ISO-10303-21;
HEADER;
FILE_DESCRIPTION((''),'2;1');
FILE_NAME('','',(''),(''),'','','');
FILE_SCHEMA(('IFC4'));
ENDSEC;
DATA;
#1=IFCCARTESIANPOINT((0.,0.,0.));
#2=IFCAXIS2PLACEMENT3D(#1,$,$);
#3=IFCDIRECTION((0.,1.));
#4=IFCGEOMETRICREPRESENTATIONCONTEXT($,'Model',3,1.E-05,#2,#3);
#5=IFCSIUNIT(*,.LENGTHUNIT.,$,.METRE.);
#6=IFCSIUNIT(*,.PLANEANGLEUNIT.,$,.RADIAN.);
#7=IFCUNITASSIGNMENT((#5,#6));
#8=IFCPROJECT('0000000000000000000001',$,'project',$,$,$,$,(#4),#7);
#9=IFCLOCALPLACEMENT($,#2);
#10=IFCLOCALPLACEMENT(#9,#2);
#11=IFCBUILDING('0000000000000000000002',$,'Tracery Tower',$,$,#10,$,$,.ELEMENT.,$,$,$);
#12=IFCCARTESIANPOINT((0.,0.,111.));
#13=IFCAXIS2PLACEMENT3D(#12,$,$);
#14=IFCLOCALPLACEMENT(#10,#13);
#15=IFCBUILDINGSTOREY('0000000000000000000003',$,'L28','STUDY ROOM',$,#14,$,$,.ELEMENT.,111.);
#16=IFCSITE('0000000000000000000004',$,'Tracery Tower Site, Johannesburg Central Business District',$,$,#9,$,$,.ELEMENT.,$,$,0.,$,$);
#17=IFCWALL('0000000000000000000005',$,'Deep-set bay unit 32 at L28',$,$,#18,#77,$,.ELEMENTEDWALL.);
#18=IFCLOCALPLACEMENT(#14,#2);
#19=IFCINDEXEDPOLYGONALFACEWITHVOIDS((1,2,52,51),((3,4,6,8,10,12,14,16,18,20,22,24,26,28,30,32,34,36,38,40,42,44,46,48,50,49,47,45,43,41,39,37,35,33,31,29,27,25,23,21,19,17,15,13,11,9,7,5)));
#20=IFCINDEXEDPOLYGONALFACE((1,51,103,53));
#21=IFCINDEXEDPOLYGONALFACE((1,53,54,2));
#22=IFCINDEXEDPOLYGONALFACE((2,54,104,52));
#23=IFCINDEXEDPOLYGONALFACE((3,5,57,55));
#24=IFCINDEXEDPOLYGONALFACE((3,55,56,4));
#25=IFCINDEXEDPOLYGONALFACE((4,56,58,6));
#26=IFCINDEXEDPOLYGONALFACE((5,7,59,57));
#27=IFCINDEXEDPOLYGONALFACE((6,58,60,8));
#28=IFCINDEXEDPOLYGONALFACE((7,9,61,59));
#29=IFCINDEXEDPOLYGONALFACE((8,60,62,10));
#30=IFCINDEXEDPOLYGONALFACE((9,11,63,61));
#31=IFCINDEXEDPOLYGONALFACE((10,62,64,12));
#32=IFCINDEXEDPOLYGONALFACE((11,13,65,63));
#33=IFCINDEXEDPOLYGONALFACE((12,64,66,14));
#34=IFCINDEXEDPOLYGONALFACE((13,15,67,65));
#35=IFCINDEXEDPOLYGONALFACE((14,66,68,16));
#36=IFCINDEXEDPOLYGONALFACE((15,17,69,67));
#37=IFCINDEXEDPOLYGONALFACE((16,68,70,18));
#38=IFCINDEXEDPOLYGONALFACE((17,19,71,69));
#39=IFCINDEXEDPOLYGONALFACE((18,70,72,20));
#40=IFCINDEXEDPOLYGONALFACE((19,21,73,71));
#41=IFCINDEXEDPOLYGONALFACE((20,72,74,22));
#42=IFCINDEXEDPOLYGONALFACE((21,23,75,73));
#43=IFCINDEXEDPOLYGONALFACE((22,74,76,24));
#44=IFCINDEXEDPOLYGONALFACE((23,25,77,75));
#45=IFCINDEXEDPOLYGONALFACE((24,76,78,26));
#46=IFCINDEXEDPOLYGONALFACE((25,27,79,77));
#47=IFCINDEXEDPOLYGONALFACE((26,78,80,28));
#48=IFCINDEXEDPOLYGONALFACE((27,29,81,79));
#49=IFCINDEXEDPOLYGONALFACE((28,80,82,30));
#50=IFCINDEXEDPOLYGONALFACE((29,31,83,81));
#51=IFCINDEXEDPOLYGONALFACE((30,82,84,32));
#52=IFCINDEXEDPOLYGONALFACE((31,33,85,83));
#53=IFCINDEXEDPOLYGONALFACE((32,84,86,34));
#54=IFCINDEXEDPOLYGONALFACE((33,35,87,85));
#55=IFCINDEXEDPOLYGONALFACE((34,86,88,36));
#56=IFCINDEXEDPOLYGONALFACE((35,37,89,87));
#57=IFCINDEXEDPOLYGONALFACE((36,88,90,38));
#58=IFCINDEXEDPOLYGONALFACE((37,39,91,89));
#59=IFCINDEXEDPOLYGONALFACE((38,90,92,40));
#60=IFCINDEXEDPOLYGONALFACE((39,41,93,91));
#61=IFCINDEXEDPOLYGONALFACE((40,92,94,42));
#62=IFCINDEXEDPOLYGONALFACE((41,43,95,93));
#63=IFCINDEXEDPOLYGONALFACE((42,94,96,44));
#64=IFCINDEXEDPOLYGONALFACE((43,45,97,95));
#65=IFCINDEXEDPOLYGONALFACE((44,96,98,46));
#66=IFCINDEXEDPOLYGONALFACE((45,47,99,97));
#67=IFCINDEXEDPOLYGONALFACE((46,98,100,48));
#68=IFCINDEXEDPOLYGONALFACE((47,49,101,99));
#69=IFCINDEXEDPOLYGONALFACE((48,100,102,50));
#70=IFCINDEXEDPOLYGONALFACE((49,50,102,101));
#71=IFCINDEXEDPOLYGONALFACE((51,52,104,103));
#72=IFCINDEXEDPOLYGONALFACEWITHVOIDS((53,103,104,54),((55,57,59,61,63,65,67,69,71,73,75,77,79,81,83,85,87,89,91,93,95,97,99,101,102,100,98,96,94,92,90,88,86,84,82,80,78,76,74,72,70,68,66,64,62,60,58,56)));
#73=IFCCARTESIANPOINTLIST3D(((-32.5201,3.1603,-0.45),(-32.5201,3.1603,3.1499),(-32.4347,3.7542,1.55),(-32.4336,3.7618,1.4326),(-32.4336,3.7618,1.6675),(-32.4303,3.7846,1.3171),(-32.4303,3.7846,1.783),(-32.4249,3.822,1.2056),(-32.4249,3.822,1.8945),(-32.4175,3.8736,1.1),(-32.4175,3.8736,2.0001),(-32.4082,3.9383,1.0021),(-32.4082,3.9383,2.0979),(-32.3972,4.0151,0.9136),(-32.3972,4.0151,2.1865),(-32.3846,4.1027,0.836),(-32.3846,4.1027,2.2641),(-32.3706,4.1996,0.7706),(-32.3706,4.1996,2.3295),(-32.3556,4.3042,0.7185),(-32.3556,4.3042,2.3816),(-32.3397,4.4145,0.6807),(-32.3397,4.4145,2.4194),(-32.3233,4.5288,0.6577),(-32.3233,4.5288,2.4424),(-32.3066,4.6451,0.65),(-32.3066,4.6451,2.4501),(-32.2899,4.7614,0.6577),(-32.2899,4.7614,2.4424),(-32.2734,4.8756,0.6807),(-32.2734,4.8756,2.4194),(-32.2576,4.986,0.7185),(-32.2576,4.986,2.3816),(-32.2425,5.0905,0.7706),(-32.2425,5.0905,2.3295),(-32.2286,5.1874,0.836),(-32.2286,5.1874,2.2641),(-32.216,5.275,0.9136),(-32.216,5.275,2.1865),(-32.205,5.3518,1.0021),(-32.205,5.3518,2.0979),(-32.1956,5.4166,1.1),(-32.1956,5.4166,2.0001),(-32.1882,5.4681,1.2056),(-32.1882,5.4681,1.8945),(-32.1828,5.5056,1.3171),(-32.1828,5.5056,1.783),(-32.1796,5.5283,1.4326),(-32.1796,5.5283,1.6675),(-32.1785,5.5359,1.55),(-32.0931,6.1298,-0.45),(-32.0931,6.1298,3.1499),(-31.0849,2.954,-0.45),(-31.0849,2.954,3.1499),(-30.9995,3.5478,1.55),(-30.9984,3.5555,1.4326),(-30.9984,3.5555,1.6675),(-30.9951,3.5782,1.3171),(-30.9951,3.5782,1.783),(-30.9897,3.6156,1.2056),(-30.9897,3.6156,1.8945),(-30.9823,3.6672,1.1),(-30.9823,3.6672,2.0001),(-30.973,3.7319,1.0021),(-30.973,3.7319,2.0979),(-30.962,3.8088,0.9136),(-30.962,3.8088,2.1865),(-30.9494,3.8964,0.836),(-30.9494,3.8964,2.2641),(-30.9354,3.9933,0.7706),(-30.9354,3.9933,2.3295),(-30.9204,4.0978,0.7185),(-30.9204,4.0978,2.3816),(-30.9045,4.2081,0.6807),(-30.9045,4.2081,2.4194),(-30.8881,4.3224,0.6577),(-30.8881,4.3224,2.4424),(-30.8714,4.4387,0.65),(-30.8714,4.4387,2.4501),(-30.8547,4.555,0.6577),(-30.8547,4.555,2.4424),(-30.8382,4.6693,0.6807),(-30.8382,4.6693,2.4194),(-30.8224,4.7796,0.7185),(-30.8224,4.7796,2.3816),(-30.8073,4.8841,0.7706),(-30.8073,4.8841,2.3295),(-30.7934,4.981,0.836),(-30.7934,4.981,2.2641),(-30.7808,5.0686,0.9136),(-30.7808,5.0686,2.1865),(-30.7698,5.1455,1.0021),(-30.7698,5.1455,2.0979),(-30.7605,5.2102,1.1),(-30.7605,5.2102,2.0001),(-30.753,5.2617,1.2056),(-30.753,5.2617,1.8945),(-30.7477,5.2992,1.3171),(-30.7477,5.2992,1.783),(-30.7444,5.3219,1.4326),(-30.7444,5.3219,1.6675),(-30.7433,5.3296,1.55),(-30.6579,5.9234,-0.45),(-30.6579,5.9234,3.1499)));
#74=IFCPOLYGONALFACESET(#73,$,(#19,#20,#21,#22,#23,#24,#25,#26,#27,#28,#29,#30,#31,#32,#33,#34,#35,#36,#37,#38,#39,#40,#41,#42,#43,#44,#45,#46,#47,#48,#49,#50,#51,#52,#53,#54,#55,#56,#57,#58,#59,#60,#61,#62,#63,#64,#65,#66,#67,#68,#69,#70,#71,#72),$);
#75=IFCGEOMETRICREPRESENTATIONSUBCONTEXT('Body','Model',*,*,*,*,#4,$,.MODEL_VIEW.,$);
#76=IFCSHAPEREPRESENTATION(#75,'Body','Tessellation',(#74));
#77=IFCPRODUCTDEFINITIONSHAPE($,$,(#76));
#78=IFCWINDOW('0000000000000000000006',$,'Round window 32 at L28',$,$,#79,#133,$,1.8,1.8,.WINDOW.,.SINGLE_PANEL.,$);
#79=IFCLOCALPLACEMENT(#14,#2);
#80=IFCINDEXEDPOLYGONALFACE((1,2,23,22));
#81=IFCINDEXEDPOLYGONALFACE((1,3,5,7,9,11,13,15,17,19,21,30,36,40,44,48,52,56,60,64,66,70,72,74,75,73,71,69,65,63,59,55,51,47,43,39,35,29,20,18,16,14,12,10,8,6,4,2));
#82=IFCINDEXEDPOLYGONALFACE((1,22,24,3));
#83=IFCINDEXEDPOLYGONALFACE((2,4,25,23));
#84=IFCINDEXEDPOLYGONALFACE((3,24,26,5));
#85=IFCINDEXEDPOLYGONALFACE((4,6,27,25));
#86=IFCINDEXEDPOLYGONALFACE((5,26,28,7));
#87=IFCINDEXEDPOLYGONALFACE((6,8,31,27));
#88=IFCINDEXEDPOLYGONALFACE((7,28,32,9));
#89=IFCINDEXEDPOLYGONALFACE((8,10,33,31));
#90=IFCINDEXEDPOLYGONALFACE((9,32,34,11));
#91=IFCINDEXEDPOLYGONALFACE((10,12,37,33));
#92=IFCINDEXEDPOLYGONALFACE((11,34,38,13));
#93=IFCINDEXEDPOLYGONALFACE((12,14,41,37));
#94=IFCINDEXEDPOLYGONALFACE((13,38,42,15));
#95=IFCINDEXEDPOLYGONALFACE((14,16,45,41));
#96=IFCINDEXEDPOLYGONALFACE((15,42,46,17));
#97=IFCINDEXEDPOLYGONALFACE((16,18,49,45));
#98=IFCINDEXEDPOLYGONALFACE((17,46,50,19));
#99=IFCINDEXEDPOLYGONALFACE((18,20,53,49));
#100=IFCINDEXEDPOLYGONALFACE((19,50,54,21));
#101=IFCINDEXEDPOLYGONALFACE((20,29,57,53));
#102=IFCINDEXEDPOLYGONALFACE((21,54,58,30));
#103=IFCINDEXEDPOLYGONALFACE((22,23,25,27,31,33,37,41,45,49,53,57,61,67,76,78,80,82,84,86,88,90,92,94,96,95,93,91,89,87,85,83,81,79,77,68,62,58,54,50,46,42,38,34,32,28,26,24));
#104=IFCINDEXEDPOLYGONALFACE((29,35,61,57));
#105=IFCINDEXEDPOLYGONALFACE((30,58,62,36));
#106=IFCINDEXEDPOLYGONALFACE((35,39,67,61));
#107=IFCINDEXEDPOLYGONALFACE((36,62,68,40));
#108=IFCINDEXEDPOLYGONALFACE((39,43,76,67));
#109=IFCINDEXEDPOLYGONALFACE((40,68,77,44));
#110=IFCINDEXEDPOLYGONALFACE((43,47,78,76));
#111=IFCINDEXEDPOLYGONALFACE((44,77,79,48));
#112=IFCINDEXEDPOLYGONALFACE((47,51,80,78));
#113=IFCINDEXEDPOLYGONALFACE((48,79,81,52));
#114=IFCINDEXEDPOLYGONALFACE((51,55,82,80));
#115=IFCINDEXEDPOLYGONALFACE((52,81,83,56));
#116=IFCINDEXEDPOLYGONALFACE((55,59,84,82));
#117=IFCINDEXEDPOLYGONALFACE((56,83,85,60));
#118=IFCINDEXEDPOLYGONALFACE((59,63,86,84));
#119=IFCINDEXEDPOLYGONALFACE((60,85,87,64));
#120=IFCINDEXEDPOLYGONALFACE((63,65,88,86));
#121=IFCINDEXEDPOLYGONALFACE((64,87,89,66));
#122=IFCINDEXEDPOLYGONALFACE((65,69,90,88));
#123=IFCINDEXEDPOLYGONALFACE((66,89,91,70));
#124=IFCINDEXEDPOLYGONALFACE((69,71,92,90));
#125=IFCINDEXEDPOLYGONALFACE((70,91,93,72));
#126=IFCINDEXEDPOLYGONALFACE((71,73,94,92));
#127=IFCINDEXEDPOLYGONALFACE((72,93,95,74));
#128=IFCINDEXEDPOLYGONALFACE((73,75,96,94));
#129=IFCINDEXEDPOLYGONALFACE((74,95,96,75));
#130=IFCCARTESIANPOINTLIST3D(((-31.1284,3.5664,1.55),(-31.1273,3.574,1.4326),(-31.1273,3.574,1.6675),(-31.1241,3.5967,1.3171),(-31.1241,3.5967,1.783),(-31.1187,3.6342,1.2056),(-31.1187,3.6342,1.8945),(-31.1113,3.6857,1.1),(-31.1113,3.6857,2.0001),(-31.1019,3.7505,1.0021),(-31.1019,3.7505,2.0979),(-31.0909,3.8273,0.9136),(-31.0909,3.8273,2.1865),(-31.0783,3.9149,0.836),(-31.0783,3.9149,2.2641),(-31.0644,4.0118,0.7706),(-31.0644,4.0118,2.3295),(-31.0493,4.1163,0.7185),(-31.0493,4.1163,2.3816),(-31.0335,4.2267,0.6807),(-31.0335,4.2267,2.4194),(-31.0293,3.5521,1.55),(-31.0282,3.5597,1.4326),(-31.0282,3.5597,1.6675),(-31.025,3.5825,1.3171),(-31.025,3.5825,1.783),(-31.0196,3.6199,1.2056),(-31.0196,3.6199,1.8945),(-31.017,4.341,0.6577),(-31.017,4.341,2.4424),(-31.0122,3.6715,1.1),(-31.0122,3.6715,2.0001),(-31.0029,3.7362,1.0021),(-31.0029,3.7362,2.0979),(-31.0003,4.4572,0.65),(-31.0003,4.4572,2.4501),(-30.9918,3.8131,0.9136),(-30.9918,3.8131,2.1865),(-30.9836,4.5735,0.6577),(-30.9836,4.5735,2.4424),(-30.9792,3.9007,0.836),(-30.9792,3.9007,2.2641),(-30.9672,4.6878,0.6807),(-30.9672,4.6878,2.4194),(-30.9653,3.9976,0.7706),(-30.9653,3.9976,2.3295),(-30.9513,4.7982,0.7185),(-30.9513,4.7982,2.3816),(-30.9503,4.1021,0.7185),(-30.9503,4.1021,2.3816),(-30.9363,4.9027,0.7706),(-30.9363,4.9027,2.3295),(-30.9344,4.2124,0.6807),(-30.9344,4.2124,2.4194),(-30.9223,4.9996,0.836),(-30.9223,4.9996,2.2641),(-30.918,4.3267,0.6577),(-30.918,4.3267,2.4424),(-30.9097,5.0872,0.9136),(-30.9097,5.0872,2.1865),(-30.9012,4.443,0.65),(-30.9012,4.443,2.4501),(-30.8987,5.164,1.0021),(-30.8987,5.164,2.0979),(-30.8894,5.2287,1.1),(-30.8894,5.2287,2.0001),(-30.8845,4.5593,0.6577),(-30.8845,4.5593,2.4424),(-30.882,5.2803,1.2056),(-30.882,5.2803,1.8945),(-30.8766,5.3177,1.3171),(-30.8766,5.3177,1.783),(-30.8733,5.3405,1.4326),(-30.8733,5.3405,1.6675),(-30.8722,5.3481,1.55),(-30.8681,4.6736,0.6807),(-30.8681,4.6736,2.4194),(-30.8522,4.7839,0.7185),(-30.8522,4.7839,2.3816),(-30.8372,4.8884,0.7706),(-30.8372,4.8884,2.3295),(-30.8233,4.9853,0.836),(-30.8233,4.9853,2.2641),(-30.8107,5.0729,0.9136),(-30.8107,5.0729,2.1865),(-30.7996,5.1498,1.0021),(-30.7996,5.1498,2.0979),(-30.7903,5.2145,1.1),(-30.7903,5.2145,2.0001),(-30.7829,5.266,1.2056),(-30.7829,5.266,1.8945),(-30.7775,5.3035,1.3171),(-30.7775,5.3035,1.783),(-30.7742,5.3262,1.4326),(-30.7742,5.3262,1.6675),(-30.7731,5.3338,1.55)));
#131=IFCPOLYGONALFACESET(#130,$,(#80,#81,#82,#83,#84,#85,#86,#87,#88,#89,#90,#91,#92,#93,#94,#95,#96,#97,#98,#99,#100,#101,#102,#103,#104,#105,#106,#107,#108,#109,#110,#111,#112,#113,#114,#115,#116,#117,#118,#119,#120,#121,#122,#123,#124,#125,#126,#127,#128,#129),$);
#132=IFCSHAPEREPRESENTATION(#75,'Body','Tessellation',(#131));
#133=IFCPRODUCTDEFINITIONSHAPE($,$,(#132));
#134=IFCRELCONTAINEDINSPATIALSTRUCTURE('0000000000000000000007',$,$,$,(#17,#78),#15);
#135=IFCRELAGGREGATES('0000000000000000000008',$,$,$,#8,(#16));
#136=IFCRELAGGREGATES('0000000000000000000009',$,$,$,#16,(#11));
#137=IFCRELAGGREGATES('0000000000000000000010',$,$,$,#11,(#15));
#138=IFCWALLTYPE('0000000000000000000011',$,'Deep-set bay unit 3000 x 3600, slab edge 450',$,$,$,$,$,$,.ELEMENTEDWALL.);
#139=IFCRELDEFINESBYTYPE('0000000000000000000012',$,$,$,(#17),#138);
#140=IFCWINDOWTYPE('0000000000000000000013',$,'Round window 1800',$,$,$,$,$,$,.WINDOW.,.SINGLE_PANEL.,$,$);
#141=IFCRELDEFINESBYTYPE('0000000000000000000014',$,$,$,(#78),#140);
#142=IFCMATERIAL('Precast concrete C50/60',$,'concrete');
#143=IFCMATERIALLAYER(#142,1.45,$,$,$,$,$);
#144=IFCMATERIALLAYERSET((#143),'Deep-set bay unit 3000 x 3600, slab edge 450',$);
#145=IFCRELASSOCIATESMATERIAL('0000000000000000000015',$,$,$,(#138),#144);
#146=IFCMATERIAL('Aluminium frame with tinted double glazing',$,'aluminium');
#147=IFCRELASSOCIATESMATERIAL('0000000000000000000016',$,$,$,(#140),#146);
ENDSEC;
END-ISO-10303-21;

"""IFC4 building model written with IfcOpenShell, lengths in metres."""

from ifc_helpers import new_model, si_unit, direction, frame, frame_2d, origin, origin_2d, place, context, subcontext, project, spatial, rectangle, circle, extrude, material, layer, layer_set, type_object, element, fill, save


model = new_model("IFC4")

# Units and contexts
model_context = context("Model", 3, precision=1e-05, world=origin(), true_north=direction((0.0, 1.0)))
body_context = subcontext(model_context, "Body", "Model", "MODEL_VIEW")
ifc_project = project(units=[si_unit("LENGTHUNIT", "METRE"), si_unit("PLANEANGLEUNIT", "RADIAN")], contexts=[model_context])

# Site, building, storey
site_placement = place(None, origin())
site = spatial("IfcSite", under=ifc_project, at=site_placement, Name="Tracery Tower Site, Johannesburg Central Business District", CompositionType="ELEMENT", RefElevation=0.0)
building_placement = place(site_placement, origin())
building = spatial("IfcBuilding", under=site, at=building_placement, Name="Tracery Tower", CompositionType="ELEMENT")
storey_placement = place(building_placement, frame((0.0, 0.0, 111.0)))
storey = spatial("IfcBuildingStorey", under=building, at=storey_placement, Name="L28", Description="STUDY ROOM", CompositionType="ELEMENT", Elevation=111.0)

# Wall, opening, window
ifc_material_1 = material(Name="Precast concrete C50/60", Category="concrete")
ifc_layer_1 = layer(ifc_material_1, 1.45)
ifc_layer_set_1 = layer_set([ifc_layer_1], Name="Deep-set bay unit 3000 x 3600, slab edge 450")
wall_type_1 = type_object("IfcWallType", Name="Deep-set bay unit 3000 x 3600, slab edge 450", PredefinedType="ELEMENTEDWALL", material=ifc_layer_set_1)
wall_1_placement = place(storey_placement, frame((-31.3755, 6.0266, -0.45), z_axis=(0.0, 0.0, 1.0), x_axis=(-0.142333, -0.989819, 0.0)))
wall_1 = element("IfcWall", 1, at=wall_1_placement, inside=storey, type_object=wall_type_1, Name="Deep-set bay unit 32 at L28", PredefinedType="ELEMENTEDWALL", context=body_context, shape_type="SweptSolid", body=[
    extrude(rectangle(XDim=3.0, YDim=1.45, at=frame_2d((1.5, 0.0))), origin(), (0.0, 0.0, 1.0), 3.5999),
])
opening_1_placement = place(wall_1_placement, frame((1.5, 0.0, 2.0)))
opening_1 = element("IfcOpeningElement", 2, at=opening_1_placement, cuts=wall_1, PredefinedType="OPENING", context=body_context, shape_type="SweptSolid", body=[
    extrude(circle(Radius=0.9, at=origin_2d()), frame((0.0, 0.7349, 0.0), z_axis=(0.0, -1.0, 0.0), x_axis=(1.0, 0.0, 0.0)), (0.0, 0.0, 1.0), 1.47),
])
ifc_material_2 = material(Name="Aluminium frame with tinted double glazing", Category="aluminium")
window_type = type_object("IfcWindowType", Name="Round window 1800", PartitioningType="SINGLE_PANEL", PredefinedType="WINDOW", material=ifc_material_2)
window_1_placement = place(opening_1_placement, origin())
window_1 = element("IfcWindow", 3, at=window_1_placement, inside=storey, type_object=window_type, Name="Round window 32 at L28", OverallHeight=1.8, OverallWidth=1.8, PartitioningType="SINGLE_PANEL", PredefinedType="WINDOW", context=body_context, shape_type="SweptSolid", body=[
    extrude(circle(Radius=0.9, at=origin_2d()), frame((0.0, 0.6948, 0.0), z_axis=(0.0, -1.0, 0.0), x_axis=(1.0, 0.0, 0.0)), (0.0, 0.0, 1.0), 0.1001),
])
fill(opening_1, window_1)

save(model, "model.ifc")
